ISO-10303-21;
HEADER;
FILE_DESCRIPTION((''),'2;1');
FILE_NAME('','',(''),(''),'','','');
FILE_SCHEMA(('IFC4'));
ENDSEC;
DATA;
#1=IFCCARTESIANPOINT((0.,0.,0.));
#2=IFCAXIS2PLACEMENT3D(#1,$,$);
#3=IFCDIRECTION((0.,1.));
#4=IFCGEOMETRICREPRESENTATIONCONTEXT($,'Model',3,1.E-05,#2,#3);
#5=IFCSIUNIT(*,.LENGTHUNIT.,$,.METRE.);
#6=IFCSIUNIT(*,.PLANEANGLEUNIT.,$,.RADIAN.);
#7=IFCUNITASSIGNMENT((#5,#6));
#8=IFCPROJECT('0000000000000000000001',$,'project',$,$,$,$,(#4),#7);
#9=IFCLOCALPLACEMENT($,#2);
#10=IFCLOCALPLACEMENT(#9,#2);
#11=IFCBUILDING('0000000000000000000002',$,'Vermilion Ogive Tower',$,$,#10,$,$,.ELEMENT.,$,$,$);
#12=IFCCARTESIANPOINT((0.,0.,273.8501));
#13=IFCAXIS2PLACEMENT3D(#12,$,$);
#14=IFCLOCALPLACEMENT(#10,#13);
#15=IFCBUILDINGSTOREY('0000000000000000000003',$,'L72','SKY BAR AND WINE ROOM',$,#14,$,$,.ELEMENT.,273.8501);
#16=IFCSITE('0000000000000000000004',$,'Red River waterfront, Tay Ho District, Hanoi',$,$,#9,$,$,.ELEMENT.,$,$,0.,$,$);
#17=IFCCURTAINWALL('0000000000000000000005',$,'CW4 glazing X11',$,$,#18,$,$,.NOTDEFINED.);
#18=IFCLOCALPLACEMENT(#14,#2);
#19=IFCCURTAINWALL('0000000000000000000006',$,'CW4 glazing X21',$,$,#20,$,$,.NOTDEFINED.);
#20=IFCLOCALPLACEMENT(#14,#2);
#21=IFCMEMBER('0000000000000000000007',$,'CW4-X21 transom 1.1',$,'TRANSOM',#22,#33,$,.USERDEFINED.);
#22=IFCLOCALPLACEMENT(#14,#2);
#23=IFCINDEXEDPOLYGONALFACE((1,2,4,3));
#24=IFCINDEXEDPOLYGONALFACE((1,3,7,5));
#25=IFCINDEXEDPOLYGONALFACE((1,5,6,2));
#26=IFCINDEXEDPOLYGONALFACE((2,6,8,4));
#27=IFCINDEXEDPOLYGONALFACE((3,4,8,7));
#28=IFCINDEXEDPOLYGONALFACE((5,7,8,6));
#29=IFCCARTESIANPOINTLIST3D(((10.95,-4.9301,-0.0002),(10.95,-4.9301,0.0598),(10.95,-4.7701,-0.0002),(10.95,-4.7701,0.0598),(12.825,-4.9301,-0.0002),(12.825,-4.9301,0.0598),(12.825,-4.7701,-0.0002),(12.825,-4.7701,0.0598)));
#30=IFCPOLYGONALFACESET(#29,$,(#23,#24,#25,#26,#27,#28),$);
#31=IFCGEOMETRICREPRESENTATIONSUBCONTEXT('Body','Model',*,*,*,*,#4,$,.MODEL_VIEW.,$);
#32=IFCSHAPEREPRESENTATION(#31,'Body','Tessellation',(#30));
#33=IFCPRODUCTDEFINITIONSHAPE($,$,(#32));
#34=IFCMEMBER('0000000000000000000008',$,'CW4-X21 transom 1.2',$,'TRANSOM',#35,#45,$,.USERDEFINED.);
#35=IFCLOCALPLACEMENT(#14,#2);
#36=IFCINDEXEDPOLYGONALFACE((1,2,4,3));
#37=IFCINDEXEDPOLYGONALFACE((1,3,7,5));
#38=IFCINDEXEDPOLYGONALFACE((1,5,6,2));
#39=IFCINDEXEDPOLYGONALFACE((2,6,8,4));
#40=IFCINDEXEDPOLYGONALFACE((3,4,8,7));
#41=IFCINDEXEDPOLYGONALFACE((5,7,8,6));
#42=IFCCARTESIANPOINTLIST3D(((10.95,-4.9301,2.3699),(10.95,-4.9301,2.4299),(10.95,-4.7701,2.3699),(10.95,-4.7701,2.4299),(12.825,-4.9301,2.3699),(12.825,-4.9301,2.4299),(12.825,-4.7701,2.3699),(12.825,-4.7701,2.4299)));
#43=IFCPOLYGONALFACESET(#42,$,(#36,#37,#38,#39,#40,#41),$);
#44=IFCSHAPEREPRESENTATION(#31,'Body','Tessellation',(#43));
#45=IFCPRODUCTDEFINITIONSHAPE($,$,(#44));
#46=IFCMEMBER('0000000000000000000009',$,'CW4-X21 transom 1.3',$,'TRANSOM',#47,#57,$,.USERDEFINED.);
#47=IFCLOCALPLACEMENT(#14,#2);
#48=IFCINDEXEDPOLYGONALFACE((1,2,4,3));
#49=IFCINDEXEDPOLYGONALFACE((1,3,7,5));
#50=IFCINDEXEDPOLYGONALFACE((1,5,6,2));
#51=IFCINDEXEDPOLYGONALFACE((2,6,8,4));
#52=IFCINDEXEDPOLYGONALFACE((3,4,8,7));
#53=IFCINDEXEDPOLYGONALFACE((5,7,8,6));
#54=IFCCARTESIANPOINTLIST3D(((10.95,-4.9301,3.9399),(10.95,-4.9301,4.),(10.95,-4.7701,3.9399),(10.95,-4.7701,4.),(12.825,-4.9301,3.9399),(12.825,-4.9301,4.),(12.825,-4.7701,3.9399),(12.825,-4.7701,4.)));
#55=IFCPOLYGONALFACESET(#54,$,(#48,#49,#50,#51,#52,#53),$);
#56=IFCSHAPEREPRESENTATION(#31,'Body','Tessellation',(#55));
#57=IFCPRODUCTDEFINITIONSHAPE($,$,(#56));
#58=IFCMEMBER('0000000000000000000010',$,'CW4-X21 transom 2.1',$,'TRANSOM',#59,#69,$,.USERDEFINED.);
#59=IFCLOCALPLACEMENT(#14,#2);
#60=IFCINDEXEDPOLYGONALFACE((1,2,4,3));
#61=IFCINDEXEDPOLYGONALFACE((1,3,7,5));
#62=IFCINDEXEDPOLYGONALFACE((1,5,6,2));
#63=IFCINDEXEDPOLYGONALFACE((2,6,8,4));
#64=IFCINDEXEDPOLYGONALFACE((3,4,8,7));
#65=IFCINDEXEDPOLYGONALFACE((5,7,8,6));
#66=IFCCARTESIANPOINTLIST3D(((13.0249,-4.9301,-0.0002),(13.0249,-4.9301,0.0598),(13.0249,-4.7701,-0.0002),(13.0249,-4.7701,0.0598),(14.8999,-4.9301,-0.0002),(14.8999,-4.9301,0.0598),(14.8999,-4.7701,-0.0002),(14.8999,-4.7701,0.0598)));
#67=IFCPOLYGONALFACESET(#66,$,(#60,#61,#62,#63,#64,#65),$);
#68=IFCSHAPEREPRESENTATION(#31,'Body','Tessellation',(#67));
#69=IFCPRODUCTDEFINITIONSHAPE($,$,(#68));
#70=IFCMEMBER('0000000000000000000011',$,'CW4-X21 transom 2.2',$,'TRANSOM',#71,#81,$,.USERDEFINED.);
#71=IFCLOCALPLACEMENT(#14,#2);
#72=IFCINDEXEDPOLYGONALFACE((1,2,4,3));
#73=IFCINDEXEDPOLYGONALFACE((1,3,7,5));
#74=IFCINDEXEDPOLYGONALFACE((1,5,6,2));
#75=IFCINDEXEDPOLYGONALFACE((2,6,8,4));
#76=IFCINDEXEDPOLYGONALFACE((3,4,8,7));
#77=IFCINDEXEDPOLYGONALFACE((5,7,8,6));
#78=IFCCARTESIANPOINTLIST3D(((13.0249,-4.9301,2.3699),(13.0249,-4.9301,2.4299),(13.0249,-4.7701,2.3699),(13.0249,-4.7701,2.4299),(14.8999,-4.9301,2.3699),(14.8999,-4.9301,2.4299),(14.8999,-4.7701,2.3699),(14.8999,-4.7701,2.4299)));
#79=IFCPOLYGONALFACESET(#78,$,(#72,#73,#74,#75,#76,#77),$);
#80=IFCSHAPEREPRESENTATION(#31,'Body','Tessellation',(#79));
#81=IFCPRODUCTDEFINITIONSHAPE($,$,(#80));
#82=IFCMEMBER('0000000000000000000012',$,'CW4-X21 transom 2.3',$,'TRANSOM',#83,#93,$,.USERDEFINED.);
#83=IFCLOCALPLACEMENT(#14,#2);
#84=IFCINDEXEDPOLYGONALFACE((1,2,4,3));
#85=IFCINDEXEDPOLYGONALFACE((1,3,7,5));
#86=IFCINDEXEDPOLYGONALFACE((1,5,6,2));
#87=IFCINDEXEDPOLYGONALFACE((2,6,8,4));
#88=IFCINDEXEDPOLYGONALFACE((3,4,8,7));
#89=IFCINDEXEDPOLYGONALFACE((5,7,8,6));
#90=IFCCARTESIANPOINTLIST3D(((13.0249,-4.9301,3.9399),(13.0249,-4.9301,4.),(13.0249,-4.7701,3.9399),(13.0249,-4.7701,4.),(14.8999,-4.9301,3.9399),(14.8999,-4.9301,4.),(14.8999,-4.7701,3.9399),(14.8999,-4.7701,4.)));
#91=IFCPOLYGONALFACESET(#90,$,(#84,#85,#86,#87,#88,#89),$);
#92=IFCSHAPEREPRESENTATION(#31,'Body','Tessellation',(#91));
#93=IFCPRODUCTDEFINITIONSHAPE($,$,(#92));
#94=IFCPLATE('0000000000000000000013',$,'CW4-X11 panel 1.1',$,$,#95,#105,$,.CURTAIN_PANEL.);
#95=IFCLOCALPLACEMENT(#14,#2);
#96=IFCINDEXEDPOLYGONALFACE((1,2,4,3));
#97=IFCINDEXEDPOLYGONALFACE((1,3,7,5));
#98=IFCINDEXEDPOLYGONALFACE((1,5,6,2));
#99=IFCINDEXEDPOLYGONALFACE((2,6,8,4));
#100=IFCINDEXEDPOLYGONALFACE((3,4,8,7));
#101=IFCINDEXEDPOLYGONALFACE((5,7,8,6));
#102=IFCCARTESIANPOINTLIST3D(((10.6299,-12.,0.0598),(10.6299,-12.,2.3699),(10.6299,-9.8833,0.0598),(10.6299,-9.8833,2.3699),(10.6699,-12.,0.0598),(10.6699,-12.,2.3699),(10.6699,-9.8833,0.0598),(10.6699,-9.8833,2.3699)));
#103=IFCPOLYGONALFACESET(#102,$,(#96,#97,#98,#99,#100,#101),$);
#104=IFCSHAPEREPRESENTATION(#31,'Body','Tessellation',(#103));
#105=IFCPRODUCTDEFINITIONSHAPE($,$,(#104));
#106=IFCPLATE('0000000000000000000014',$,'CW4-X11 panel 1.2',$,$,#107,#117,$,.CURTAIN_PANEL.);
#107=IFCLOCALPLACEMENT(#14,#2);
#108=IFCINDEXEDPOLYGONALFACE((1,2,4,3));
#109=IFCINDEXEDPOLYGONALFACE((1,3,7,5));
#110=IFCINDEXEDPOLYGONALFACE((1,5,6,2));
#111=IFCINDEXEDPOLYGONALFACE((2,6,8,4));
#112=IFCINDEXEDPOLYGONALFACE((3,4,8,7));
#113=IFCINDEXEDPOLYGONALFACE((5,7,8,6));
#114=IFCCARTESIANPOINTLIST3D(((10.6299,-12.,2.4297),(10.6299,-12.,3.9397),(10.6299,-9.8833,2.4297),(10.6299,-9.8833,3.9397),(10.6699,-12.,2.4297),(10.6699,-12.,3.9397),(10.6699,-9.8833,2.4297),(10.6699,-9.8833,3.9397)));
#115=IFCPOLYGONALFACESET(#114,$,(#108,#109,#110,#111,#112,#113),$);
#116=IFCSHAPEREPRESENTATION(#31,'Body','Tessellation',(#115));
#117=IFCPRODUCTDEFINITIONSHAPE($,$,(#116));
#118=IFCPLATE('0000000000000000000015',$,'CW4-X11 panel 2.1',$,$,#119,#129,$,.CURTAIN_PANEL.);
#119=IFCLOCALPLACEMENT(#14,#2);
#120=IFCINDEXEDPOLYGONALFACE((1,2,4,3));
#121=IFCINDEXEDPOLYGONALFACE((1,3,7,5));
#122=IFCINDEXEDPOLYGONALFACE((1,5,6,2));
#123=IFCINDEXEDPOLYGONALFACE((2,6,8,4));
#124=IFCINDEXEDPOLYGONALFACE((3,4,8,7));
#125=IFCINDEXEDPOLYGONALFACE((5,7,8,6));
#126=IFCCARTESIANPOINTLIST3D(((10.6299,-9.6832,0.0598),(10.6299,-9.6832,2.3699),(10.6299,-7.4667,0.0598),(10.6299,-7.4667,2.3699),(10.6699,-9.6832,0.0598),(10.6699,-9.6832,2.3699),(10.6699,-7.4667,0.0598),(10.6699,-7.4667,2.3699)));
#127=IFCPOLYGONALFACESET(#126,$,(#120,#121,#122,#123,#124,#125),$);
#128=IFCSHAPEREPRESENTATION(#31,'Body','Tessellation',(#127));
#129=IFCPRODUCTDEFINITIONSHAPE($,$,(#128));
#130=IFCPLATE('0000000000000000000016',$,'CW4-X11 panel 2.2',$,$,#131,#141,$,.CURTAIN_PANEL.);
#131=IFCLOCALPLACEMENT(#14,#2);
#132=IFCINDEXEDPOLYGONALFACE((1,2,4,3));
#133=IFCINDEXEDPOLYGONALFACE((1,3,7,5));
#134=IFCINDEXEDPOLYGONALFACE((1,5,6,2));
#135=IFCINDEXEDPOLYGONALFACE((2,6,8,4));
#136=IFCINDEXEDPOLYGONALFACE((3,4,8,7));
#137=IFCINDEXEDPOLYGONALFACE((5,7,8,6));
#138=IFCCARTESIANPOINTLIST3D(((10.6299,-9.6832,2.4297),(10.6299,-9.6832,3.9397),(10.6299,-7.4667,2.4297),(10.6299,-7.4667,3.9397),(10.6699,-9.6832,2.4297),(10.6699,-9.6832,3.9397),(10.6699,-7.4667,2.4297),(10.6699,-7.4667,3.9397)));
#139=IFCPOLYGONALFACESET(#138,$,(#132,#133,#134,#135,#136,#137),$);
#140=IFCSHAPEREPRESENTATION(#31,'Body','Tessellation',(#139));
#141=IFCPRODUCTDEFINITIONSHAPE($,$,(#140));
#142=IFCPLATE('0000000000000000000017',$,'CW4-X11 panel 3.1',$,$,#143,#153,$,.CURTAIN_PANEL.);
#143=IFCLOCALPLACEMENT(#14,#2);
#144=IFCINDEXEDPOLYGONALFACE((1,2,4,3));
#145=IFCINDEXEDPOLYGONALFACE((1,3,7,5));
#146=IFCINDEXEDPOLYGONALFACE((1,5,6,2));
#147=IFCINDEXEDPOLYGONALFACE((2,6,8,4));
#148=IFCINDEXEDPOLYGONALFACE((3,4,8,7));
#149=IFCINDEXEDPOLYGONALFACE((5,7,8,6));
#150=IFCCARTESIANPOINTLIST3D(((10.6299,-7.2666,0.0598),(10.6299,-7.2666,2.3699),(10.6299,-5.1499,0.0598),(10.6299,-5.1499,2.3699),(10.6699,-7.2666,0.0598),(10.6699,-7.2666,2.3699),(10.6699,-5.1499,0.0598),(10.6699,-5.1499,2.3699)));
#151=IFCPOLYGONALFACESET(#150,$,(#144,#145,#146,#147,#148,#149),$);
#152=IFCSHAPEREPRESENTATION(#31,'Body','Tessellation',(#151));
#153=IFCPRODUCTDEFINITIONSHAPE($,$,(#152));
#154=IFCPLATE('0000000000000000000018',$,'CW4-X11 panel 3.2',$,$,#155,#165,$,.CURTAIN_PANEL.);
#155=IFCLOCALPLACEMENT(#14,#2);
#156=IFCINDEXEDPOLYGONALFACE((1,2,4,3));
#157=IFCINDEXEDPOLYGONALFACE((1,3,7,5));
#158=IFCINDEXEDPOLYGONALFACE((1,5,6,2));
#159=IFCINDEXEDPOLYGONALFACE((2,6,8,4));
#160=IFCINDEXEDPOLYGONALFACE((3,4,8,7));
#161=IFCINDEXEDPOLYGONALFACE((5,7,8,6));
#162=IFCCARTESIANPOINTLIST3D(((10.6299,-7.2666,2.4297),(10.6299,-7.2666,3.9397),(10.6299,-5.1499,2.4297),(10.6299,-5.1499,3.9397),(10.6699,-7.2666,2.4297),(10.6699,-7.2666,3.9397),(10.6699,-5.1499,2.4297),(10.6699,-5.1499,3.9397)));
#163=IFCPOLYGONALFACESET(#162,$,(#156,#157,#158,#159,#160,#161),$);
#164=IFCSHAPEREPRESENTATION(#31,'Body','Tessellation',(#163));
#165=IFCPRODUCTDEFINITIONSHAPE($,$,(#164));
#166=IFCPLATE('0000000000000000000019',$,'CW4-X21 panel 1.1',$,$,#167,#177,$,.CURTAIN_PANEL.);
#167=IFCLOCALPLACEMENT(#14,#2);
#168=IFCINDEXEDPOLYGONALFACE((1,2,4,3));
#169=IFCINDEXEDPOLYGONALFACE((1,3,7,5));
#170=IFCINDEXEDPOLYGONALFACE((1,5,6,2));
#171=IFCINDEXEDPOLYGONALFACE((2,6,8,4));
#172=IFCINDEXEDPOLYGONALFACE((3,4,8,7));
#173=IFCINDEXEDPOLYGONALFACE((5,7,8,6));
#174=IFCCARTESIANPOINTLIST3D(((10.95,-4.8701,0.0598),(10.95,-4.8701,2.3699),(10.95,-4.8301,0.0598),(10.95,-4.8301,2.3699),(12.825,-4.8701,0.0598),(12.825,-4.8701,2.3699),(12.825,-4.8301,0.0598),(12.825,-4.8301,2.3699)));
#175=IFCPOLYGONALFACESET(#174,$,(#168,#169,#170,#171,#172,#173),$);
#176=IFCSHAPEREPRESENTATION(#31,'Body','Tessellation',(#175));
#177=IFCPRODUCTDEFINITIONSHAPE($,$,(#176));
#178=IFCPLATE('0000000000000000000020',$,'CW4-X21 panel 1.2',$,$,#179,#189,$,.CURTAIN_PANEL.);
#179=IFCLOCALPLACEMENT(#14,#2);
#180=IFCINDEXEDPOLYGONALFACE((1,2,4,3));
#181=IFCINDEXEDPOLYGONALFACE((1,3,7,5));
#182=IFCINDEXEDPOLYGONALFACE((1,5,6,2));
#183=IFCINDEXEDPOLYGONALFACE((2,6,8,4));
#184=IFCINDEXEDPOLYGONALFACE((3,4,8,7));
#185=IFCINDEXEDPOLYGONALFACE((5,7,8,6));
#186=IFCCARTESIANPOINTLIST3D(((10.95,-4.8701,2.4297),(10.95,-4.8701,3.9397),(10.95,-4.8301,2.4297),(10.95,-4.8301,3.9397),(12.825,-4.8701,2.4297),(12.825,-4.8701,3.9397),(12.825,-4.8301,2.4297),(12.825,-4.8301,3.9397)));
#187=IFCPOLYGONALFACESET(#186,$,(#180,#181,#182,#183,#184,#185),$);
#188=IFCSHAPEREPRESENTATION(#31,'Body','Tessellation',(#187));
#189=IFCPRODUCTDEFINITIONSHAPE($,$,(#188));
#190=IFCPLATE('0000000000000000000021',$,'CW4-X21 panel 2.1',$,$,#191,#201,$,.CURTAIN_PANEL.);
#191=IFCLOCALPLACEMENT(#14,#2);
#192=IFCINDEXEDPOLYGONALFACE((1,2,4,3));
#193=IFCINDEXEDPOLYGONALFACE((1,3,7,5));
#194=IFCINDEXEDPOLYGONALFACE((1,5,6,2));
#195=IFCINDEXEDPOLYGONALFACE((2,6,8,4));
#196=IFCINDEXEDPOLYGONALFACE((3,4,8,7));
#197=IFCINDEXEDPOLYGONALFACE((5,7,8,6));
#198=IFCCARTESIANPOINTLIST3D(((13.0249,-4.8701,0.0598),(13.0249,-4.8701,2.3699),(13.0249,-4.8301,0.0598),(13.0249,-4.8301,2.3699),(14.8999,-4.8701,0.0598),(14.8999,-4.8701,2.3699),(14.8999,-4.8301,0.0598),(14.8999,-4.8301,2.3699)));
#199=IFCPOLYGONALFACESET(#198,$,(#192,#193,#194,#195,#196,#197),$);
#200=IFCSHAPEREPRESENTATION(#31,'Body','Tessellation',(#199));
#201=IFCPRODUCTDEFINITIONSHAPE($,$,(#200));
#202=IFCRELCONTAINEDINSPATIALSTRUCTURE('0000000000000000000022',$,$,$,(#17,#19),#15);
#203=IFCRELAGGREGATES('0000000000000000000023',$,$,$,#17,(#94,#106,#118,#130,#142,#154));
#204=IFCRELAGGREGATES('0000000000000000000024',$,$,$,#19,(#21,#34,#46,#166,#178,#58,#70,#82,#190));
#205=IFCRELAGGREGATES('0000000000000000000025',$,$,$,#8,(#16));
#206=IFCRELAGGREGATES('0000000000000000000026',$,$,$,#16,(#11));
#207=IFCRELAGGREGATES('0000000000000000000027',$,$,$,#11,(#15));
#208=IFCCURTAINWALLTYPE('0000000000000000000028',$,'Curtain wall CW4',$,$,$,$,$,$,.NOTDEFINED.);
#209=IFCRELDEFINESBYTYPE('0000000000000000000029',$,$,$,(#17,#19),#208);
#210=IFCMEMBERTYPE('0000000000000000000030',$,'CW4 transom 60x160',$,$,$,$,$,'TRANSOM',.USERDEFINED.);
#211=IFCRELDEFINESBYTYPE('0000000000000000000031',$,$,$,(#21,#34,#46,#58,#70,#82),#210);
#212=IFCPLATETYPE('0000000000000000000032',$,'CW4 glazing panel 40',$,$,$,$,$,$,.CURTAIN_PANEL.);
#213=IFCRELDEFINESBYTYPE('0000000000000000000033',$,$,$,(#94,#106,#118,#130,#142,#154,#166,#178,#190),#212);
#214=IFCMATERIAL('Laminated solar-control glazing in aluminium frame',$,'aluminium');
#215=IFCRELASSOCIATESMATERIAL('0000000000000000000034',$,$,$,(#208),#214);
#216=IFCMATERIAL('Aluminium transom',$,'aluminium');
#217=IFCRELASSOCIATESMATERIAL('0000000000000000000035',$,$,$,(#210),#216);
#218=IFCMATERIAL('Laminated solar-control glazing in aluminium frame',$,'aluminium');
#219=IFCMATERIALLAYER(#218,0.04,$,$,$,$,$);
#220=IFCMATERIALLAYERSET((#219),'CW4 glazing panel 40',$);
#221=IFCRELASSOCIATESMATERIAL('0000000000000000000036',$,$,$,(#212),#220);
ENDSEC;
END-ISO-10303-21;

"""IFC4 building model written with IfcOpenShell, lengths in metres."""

from ifc_helpers import new_model, si_unit, direction, frame, origin, origin_2d, place, context, subcontext, project, spatial, rectangle, extrude, material, layer, layer_set, material_profile, profile_set, type_object, element, aggregate, save


model = new_model("IFC4")

# Units and contexts
model_context = context("Model", 3, precision=1e-05, world=origin(), true_north=direction((0.0, 1.0)))
body_context = subcontext(model_context, "Body", "Model", "MODEL_VIEW")
ifc_project = project(units=[si_unit("LENGTHUNIT", "METRE"), si_unit("PLANEANGLEUNIT", "RADIAN")], contexts=[model_context])

# Site, building, storey
site_placement = place(None, origin())
site = spatial("IfcSite", under=ifc_project, at=site_placement, Name="Red River waterfront, Tay Ho District, Hanoi", CompositionType="ELEMENT", RefElevation=0.0)
building_placement = place(site_placement, origin())
building = spatial("IfcBuilding", under=site, at=building_placement, Name="Vermilion Ogive Tower", CompositionType="ELEMENT")
storey_placement = place(building_placement, frame((0.0, 0.0, 273.8501)))
storey = spatial("IfcBuildingStorey", under=building, at=storey_placement, Name="L72", Description="SKY BAR AND WINE ROOM", CompositionType="ELEMENT", Elevation=273.8501)

# Curtain walls
ifc_material_1 = material(Name="Laminated solar-control glazing in aluminium frame", Category="aluminium")
curtain_wall_type = type_object("IfcCurtainWallType", Name="Curtain wall CW4", PredefinedType="NOTDEFINED", material=ifc_material_1)
curtain_wall_1_placement = place(storey_placement, origin())
curtain_wall_1 = element("IfcCurtainWall", 1, at=curtain_wall_1_placement, inside=storey, type_object=curtain_wall_type, Name="CW4 glazing X11", PredefinedType="NOTDEFINED")
curtain_wall_2_placement = place(storey_placement, origin())
curtain_wall_2 = element("IfcCurtainWall", 2, at=curtain_wall_2_placement, inside=storey, type_object=curtain_wall_type, Name="CW4 glazing X21", PredefinedType="NOTDEFINED")

# Members
ifc_material_2 = material(Name="Aluminium transom", Category="aluminium")
ifc_material_profile_1 = material_profile(ifc_material_2, rectangle(XDim=0.1599, YDim=0.0601, at=origin_2d()), Name="AL 60x160")
ifc_profile_set_1 = profile_set([ifc_material_profile_1], Name="Aluminium transom")
member_type_1 = type_object("IfcMemberType", Name="CW4 transom 60x160", ElementType="TRANSOM", PredefinedType="USERDEFINED", material=ifc_profile_set_1)
member_1_placement = place(storey_placement, frame((10.95, -4.8501, 0.0298), z_axis=(1.0, 0.0, 0.0), x_axis=(0.0, 1.0, 0.0)))
member_1 = element("IfcMember", 3, at=member_1_placement, type_object=member_type_1, Name="CW4-X21 transom 1.1", ObjectType="TRANSOM", PredefinedType="USERDEFINED", context=body_context, shape_type="SweptSolid", body=[
    extrude(rectangle(XDim=0.1599, YDim=0.0601, at=origin_2d()), origin(), (0.0, 0.0, 1.0), 1.875),
])
member_2_placement = place(storey_placement, frame((10.95, -4.8501, 2.3999), z_axis=(1.0, 0.0, 0.0), x_axis=(0.0, 1.0, 0.0)))
member_2 = element("IfcMember", 4, at=member_2_placement, type_object=member_type_1, Name="CW4-X21 transom 1.2", ObjectType="TRANSOM", PredefinedType="USERDEFINED", context=body_context, shape_type="SweptSolid", body=[
    extrude(rectangle(XDim=0.1599, YDim=0.0601, at=origin_2d()), origin(), (0.0, 0.0, 1.0), 1.875),
])
member_3_placement = place(storey_placement, frame((10.95, -4.8501, 3.97), z_axis=(1.0, 0.0, 0.0), x_axis=(0.0, 1.0, 0.0)))
member_3 = element("IfcMember", 5, at=member_3_placement, type_object=member_type_1, Name="CW4-X21 transom 1.3", ObjectType="TRANSOM", PredefinedType="USERDEFINED", context=body_context, shape_type="SweptSolid", body=[
    extrude(rectangle(XDim=0.1599, YDim=0.0601, at=origin_2d()), origin(), (0.0, 0.0, 1.0), 1.875),
])
member_4_placement = place(storey_placement, frame((13.0249, -4.8501, 0.0298), z_axis=(1.0, 0.0, 0.0), x_axis=(0.0, 1.0, 0.0)))
member_4 = element("IfcMember", 6, at=member_4_placement, type_object=member_type_1, Name="CW4-X21 transom 2.1", ObjectType="TRANSOM", PredefinedType="USERDEFINED", context=body_context, shape_type="SweptSolid", body=[
    extrude(rectangle(XDim=0.1599, YDim=0.0601, at=origin_2d()), origin(), (0.0, 0.0, 1.0), 1.875),
])
member_5_placement = place(storey_placement, frame((13.0249, -4.8501, 2.3999), z_axis=(1.0, 0.0, 0.0), x_axis=(0.0, 1.0, 0.0)))
member_5 = element("IfcMember", 7, at=member_5_placement, type_object=member_type_1, Name="CW4-X21 transom 2.2", ObjectType="TRANSOM", PredefinedType="USERDEFINED", context=body_context, shape_type="SweptSolid", body=[
    extrude(rectangle(XDim=0.1599, YDim=0.0601, at=origin_2d()), origin(), (0.0, 0.0, 1.0), 1.875),
])
member_6_placement = place(storey_placement, frame((13.0249, -4.8501, 3.97), z_axis=(1.0, 0.0, 0.0), x_axis=(0.0, 1.0, 0.0)))
member_6 = element("IfcMember", 8, at=member_6_placement, type_object=member_type_1, Name="CW4-X21 transom 2.3", ObjectType="TRANSOM", PredefinedType="USERDEFINED", context=body_context, shape_type="SweptSolid", body=[
    extrude(rectangle(XDim=0.1599, YDim=0.0601, at=origin_2d()), origin(), (0.0, 0.0, 1.0), 1.875),
])

# Plates
ifc_material_3 = material(Name="Laminated solar-control glazing in aluminium frame", Category="aluminium")
ifc_layer_1 = layer(ifc_material_3, 0.04)
ifc_layer_set_1 = layer_set([ifc_layer_1], Name="CW4 glazing panel 40")
plate_type = type_object("IfcPlateType", Name="CW4 glazing panel 40", PredefinedType="CURTAIN_PANEL", material=ifc_layer_set_1)
plate_1_placement = place(storey_placement, frame((10.6499, -10.9417, 0.0598), z_axis=(0.0, 0.0, 1.0), x_axis=(0.0, 1.0, 0.0)))
plate_1 = element("IfcPlate", 9, at=plate_1_placement, type_object=plate_type, Name="CW4-X11 panel 1.1", PredefinedType="CURTAIN_PANEL", context=body_context, shape_type="SweptSolid", body=[
    extrude(rectangle(XDim=2.1167, YDim=0.04, at=origin_2d()), origin(), (0.0, 0.0, 1.0), 2.3101),
])
plate_2_placement = place(storey_placement, frame((10.6499, -10.9417, 2.4297), z_axis=(0.0, 0.0, 1.0), x_axis=(0.0, 1.0, 0.0)))
plate_2 = element("IfcPlate", 10, at=plate_2_placement, type_object=plate_type, Name="CW4-X11 panel 1.2", PredefinedType="CURTAIN_PANEL", context=body_context, shape_type="SweptSolid", body=[
    extrude(rectangle(XDim=2.1167, YDim=0.04, at=origin_2d()), origin(), (0.0, 0.0, 1.0), 1.51),
])
plate_3_placement = place(storey_placement, frame((10.6499, -8.575, 0.0598), z_axis=(0.0, 0.0, 1.0), x_axis=(0.0, 1.0, 0.0)))
plate_3 = element("IfcPlate", 11, at=plate_3_placement, type_object=plate_type, Name="CW4-X11 panel 2.1", PredefinedType="CURTAIN_PANEL", context=body_context, shape_type="SweptSolid", body=[
    extrude(rectangle(XDim=2.2166, YDim=0.04, at=origin_2d()), origin(), (0.0, 0.0, 1.0), 2.3101),
])
plate_4_placement = place(storey_placement, frame((10.6499, -8.575, 2.4297), z_axis=(0.0, 0.0, 1.0), x_axis=(0.0, 1.0, 0.0)))
plate_4 = element("IfcPlate", 12, at=plate_4_placement, type_object=plate_type, Name="CW4-X11 panel 2.2", PredefinedType="CURTAIN_PANEL", context=body_context, shape_type="SweptSolid", body=[
    extrude(rectangle(XDim=2.2166, YDim=0.04, at=origin_2d()), origin(), (0.0, 0.0, 1.0), 1.51),
])
plate_5_placement = place(storey_placement, frame((10.6499, -6.2083, 0.0598), z_axis=(0.0, 0.0, 1.0), x_axis=(0.0, 1.0, 0.0)))
plate_5 = element("IfcPlate", 13, at=plate_5_placement, type_object=plate_type, Name="CW4-X11 panel 3.1", PredefinedType="CURTAIN_PANEL", context=body_context, shape_type="SweptSolid", body=[
    extrude(rectangle(XDim=2.1167, YDim=0.04, at=origin_2d()), origin(), (0.0, 0.0, 1.0), 2.3101),
])
plate_6_placement = place(storey_placement, frame((10.6499, -6.2083, 2.4297), z_axis=(0.0, 0.0, 1.0), x_axis=(0.0, 1.0, 0.0)))
plate_6 = element("IfcPlate", 14, at=plate_6_placement, type_object=plate_type, Name="CW4-X11 panel 3.2", PredefinedType="CURTAIN_PANEL", context=body_context, shape_type="SweptSolid", body=[
    extrude(rectangle(XDim=2.1167, YDim=0.04, at=origin_2d()), origin(), (0.0, 0.0, 1.0), 1.51),
])
aggregate(curtain_wall_1, [plate_1, plate_2, plate_3, plate_4, plate_5, plate_6])
plate_7_placement = place(storey_placement, frame((11.8875, -4.8501, 0.0598), z_axis=(0.0, 0.0, 1.0), x_axis=(1.0, 0.0, 0.0)))
plate_7 = element("IfcPlate", 15, at=plate_7_placement, type_object=plate_type, Name="CW4-X21 panel 1.1", PredefinedType="CURTAIN_PANEL", context=body_context, shape_type="SweptSolid", body=[
    extrude(rectangle(XDim=1.875, YDim=0.04, at=origin_2d()), origin(), (0.0, 0.0, 1.0), 2.3101),
])
plate_8_placement = place(storey_placement, frame((11.8875, -4.8501, 2.4297), z_axis=(0.0, 0.0, 1.0), x_axis=(1.0, 0.0, 0.0)))
plate_8 = element("IfcPlate", 16, at=plate_8_placement, type_object=plate_type, Name="CW4-X21 panel 1.2", PredefinedType="CURTAIN_PANEL", context=body_context, shape_type="SweptSolid", body=[
    extrude(rectangle(XDim=1.875, YDim=0.04, at=origin_2d()), origin(), (0.0, 0.0, 1.0), 1.51),
])
plate_9_placement = place(storey_placement, frame((13.9624, -4.8501, 0.0598), z_axis=(0.0, 0.0, 1.0), x_axis=(1.0, 0.0, 0.0)))
plate_9 = element("IfcPlate", 17, at=plate_9_placement, type_object=plate_type, Name="CW4-X21 panel 2.1", PredefinedType="CURTAIN_PANEL", context=body_context, shape_type="SweptSolid", body=[
    extrude(rectangle(XDim=1.875, YDim=0.04, at=origin_2d()), origin(), (0.0, 0.0, 1.0), 2.3101),
])
aggregate(curtain_wall_2, [member_1, member_2, member_3, plate_7, plate_8, member_4, member_5, member_6, plate_9])

save(model, "model.ifc")
